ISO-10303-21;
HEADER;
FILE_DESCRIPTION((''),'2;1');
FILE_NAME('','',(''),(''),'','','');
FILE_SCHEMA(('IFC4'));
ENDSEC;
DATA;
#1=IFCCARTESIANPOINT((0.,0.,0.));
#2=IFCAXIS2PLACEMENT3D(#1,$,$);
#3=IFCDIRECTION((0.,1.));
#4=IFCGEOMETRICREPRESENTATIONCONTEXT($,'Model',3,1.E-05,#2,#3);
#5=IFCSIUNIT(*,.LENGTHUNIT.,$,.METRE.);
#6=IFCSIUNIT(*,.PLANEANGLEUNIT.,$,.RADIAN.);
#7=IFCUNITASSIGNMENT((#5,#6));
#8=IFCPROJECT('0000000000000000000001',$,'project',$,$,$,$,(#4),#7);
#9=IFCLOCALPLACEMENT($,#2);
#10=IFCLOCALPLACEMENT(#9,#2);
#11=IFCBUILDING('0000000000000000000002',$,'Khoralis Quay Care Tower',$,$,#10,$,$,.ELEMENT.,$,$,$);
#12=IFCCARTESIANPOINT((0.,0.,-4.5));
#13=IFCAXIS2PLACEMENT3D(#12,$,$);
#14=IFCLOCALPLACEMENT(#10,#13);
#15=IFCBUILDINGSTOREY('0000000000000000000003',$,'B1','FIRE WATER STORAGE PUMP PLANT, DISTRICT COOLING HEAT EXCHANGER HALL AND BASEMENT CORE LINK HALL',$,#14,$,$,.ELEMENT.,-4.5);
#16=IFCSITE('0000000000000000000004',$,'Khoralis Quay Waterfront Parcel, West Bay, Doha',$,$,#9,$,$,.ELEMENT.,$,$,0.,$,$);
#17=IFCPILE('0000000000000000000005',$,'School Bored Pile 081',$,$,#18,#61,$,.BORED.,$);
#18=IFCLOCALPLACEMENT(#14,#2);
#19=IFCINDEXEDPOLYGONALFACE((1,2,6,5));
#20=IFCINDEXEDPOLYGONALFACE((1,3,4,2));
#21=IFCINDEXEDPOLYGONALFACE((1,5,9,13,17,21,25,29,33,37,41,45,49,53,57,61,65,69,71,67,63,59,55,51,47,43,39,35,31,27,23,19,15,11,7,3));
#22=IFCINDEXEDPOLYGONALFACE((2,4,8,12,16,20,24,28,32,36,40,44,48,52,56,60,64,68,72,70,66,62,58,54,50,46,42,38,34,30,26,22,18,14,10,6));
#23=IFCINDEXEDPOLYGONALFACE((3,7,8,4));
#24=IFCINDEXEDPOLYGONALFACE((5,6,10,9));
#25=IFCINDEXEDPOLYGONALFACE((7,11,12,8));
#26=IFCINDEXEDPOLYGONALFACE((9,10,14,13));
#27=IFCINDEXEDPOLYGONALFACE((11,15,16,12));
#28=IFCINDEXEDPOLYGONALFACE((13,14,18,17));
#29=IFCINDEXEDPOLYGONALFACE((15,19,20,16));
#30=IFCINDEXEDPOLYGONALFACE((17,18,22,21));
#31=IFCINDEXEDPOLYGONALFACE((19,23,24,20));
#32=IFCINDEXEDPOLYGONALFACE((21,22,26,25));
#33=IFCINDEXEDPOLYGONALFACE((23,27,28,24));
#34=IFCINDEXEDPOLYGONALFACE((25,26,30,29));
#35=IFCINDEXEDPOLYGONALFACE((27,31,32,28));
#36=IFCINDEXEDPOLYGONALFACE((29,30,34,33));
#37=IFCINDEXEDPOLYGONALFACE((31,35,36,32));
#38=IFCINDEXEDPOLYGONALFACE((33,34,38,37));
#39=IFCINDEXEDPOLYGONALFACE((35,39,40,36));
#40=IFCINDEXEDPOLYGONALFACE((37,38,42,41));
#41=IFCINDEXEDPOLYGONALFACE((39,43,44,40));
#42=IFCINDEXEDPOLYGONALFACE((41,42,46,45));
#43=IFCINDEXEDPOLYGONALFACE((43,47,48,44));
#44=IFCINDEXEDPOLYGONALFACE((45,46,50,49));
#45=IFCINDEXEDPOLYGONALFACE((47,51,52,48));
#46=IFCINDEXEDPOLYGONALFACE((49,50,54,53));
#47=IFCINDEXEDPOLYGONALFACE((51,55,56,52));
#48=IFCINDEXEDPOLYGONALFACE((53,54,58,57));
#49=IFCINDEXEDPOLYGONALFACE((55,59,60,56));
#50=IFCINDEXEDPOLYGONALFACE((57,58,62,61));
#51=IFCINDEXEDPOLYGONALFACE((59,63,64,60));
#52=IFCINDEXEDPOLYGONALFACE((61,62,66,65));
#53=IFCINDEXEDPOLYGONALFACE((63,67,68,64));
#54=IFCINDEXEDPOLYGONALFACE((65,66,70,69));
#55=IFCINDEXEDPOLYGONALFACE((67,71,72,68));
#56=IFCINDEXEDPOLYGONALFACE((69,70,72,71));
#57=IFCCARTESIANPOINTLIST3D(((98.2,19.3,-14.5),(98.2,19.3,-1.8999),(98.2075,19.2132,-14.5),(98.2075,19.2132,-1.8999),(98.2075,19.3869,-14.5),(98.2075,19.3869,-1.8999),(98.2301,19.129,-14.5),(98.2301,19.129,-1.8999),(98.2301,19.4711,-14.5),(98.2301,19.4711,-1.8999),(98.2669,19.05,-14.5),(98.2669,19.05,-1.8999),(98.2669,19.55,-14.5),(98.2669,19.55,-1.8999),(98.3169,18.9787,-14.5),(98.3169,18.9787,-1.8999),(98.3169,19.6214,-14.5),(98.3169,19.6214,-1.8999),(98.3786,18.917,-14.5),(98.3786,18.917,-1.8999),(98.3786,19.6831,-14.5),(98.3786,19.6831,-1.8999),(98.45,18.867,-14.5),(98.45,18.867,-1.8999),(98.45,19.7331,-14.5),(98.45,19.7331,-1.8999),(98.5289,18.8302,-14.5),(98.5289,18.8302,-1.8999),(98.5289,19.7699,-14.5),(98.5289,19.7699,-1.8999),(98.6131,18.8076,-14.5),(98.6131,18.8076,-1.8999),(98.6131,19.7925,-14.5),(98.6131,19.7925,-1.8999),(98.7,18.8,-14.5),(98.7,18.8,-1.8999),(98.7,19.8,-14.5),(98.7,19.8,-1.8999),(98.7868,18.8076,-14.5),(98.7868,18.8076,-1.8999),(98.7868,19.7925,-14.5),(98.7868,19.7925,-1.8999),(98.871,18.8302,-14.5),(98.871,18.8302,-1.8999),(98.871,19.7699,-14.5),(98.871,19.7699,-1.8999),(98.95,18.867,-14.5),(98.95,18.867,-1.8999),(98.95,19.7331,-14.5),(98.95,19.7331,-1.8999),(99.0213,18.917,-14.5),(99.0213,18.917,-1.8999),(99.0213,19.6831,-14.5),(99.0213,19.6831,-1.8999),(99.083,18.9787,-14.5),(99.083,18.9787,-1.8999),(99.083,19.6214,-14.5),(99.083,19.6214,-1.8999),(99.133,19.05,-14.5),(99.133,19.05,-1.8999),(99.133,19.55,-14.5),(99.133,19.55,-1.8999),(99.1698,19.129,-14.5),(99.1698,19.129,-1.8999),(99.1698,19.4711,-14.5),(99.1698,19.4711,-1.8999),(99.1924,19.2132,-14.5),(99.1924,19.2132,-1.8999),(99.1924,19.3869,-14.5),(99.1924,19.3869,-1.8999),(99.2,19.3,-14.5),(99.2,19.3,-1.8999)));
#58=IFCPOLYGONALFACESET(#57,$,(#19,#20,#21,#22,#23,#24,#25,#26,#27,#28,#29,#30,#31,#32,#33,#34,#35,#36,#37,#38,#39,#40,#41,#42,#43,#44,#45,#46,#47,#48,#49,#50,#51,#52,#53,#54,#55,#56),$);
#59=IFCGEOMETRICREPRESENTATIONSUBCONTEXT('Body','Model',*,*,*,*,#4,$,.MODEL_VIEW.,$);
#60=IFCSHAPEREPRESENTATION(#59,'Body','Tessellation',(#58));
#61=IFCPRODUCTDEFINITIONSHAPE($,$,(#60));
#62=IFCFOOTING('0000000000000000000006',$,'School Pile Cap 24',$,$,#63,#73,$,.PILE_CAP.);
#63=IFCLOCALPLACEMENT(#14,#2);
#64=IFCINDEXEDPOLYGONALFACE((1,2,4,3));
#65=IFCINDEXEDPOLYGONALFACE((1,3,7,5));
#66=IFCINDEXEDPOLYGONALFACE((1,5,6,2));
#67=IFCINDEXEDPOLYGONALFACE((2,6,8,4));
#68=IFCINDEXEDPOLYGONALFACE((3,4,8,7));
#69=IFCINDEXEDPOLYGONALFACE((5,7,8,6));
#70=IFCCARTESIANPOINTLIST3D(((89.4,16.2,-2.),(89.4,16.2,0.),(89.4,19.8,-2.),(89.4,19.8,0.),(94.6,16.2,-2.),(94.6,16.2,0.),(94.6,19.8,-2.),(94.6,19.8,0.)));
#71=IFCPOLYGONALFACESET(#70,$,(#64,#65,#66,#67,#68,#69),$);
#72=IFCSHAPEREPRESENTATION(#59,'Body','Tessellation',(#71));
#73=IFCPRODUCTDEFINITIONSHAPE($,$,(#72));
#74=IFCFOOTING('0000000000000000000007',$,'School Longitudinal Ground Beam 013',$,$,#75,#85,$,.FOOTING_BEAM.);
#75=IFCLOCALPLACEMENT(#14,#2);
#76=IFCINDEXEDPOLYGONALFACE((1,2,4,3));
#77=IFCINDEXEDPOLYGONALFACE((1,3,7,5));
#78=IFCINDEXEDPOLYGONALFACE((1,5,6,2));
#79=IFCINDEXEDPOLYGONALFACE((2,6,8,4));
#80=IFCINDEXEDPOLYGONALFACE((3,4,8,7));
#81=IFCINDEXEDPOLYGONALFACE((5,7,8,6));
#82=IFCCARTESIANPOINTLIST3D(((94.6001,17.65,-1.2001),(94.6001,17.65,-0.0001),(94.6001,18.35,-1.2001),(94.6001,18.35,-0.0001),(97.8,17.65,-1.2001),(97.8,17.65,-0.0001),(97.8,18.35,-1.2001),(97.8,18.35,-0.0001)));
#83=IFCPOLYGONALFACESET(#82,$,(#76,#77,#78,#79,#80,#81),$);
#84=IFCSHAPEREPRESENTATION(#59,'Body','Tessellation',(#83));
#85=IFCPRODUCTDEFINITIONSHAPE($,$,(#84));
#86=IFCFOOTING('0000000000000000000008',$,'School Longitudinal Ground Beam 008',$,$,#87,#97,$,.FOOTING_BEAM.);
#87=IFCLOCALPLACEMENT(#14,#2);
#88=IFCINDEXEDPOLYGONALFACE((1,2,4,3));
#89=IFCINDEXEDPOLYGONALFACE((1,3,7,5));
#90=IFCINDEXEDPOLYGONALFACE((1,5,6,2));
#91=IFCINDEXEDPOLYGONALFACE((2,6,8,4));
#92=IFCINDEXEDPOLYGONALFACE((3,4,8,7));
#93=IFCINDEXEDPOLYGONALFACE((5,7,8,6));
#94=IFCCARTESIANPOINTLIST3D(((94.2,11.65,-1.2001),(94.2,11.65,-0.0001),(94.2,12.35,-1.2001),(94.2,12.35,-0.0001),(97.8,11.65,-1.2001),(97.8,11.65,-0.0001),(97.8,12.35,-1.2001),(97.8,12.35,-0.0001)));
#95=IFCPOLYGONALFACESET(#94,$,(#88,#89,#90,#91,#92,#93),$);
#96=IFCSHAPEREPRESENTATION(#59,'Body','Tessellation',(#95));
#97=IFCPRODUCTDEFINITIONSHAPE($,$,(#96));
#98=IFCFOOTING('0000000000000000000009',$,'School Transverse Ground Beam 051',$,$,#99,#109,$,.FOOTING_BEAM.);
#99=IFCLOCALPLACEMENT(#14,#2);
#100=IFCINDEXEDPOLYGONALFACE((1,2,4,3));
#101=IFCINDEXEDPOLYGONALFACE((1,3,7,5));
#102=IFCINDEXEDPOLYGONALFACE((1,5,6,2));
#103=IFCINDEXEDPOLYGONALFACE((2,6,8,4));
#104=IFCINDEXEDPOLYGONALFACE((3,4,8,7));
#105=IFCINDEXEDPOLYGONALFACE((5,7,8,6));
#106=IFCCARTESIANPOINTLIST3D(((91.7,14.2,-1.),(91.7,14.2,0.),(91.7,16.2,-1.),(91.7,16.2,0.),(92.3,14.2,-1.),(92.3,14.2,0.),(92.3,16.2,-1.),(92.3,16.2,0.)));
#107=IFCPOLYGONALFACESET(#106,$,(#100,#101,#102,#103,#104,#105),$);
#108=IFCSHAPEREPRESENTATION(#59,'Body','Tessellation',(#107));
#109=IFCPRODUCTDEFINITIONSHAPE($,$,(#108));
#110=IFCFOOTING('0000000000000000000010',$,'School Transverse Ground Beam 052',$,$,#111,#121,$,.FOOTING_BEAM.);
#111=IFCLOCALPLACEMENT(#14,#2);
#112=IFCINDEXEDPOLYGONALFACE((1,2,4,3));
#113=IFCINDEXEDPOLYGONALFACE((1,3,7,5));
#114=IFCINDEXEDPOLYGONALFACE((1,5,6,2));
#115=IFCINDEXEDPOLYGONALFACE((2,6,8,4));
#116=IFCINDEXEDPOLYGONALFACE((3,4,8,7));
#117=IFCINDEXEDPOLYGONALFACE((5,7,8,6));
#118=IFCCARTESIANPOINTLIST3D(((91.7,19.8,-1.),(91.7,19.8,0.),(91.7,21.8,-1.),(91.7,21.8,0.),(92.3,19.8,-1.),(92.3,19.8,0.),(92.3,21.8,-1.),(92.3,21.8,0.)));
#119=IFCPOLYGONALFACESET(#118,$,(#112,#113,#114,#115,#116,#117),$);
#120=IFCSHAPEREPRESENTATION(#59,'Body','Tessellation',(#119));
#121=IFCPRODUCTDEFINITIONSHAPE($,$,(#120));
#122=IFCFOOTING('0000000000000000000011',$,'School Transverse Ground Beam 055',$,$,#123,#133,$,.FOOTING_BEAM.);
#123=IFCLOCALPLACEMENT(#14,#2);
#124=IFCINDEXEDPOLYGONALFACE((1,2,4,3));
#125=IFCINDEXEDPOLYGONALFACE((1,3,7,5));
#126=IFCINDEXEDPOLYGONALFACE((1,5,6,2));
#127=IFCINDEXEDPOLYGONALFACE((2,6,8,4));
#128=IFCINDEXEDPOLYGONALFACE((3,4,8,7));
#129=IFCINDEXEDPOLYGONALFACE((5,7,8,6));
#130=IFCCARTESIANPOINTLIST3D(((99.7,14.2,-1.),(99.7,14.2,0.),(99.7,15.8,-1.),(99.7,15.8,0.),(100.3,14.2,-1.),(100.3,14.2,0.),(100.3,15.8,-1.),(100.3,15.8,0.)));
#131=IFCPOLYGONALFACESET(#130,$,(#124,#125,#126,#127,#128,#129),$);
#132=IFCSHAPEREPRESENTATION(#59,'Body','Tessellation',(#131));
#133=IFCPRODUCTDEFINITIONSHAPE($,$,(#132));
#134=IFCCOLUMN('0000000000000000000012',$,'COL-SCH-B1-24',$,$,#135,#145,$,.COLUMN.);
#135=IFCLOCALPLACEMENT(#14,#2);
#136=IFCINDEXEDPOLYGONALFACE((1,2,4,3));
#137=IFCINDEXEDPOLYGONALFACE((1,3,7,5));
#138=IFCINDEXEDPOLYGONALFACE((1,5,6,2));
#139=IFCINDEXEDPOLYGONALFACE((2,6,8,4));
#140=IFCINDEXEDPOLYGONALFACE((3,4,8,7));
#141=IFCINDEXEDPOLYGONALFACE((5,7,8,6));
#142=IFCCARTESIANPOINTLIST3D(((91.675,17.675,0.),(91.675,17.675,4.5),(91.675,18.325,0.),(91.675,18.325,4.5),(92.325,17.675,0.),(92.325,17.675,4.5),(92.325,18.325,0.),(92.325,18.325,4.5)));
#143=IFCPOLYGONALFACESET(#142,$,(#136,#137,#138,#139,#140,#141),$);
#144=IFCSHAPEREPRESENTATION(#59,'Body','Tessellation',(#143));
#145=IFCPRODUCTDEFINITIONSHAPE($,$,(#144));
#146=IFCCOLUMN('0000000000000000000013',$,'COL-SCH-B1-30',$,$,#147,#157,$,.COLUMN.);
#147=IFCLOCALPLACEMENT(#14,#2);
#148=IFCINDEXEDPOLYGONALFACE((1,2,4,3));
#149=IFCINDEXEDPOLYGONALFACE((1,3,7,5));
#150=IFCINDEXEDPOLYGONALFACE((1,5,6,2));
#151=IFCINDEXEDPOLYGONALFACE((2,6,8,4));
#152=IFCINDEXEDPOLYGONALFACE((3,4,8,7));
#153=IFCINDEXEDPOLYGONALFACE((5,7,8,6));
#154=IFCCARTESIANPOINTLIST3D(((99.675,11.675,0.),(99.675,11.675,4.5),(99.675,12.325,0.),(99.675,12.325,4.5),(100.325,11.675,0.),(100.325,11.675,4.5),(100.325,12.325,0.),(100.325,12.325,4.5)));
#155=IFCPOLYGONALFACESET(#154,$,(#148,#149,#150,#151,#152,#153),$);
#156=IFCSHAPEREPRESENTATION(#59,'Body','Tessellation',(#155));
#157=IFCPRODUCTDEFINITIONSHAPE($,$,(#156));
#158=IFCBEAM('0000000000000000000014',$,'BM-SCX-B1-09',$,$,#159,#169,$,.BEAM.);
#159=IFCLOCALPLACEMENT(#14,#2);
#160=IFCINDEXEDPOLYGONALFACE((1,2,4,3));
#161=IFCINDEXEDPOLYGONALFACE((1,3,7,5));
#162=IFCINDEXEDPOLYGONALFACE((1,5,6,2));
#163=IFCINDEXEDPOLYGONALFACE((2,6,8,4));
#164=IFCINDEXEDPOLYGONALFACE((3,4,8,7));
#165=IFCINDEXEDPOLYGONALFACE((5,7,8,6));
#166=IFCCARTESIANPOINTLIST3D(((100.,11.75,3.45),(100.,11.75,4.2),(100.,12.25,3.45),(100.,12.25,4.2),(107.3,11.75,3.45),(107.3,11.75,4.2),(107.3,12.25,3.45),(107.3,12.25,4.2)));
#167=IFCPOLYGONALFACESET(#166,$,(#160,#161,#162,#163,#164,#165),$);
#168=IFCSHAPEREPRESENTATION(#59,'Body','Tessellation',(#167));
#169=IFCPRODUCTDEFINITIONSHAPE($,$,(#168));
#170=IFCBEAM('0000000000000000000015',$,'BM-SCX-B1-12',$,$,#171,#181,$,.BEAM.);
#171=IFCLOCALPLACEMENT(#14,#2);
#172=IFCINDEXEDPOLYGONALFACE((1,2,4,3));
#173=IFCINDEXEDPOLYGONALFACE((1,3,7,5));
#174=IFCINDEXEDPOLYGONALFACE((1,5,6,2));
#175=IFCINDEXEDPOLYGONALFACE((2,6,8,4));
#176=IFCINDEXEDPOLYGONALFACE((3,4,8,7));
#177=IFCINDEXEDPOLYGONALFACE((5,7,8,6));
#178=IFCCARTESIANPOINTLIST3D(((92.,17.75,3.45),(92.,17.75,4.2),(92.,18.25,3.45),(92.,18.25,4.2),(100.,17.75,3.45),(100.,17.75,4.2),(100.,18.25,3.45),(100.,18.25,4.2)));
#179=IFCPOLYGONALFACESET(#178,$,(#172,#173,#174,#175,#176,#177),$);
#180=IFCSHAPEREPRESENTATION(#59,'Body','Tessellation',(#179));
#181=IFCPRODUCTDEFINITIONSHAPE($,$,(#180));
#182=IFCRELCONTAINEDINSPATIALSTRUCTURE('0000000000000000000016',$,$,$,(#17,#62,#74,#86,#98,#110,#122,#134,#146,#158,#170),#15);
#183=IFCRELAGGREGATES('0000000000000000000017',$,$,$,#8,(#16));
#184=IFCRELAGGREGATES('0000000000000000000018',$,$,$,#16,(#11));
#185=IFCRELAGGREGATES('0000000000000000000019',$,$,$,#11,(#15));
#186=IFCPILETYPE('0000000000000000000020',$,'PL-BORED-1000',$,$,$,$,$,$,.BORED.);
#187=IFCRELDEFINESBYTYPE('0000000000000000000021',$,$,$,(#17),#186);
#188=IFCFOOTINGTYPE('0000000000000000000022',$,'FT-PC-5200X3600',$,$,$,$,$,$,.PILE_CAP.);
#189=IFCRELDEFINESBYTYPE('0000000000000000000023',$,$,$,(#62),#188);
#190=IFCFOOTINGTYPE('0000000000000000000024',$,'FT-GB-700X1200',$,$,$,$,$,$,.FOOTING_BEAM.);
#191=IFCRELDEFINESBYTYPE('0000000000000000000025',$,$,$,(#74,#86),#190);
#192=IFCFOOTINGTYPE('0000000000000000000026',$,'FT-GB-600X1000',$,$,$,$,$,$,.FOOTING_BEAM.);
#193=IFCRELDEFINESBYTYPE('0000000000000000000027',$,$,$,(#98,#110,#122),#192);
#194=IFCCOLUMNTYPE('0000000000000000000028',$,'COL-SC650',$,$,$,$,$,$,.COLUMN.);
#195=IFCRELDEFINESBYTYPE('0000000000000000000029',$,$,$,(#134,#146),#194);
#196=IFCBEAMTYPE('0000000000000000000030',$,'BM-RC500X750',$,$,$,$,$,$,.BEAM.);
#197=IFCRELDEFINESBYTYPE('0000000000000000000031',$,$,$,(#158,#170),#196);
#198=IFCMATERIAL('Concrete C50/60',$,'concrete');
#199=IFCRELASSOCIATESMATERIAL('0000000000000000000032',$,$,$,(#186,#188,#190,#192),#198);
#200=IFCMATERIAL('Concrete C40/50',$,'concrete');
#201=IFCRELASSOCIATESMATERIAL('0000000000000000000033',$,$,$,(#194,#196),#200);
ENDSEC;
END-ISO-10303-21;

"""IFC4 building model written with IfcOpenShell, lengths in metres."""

from ifc_helpers import new_model, si_unit, direction, frame, origin, origin_2d, place, context, subcontext, project, spatial, rectangle, circle, extrude, source, transform, mapped, material, material_profile, profile_set, type_object, element, save


model = new_model("IFC4")

# Units and contexts
model_context = context("Model", 3, precision=1e-05, world=origin(), true_north=direction((0.0, 1.0)))
body_context = subcontext(model_context, "Body", "Model", "MODEL_VIEW")
ifc_project = project(units=[si_unit("LENGTHUNIT", "METRE"), si_unit("PLANEANGLEUNIT", "RADIAN")], contexts=[model_context])

# Site, building, storey
site_placement = place(None, origin())
site = spatial("IfcSite", under=ifc_project, at=site_placement, Name="Khoralis Quay Waterfront Parcel, West Bay, Doha", CompositionType="ELEMENT", RefElevation=0.0)
building_placement = place(site_placement, origin())
building = spatial("IfcBuilding", under=site, at=building_placement, Name="Khoralis Quay Care Tower", CompositionType="ELEMENT")
storey_placement = place(building_placement, frame((0.0, 0.0, -4.5)))
storey = spatial("IfcBuildingStorey", under=building, at=storey_placement, Name="B1", Description="FIRE WATER STORAGE PUMP PLANT, DISTRICT COOLING HEAT EXCHANGER HALL AND BASEMENT CORE LINK HALL", CompositionType="ELEMENT", Elevation=-4.5)

# Shared definitions
ifc_material_1 = material(Name="Concrete C50/60", Category="concrete")

# Pile
ifc_material_profile_1 = material_profile(ifc_material_1, circle(Radius=0.5, at=origin_2d()), Name="Concrete C50/60")
ifc_profile_set_1 = profile_set([ifc_material_profile_1], Name="Concrete C50/60")
pile_type = type_object("IfcPileType", Name="PL-BORED-1000", PredefinedType="BORED", material=ifc_profile_set_1)
shared_shape_1 = source(origin(), body_context, "Body", "SweptSolid", [
    extrude(circle(Radius=0.5, at=origin_2d()), origin(), (0.0, 0.0, 1.0), 12.6001),
])
for number, where, z_axis, x_axis, name in (
    (1, (98.7, 19.3, -1.8999), (0.0, 0.0, -1.0), (1.0, 0.0, 0.0), "School Bored Pile 081"),
):
    element("IfcPile", number, at=place(storey_placement, frame(where, z_axis=z_axis, x_axis=x_axis)), inside=storey, type_object=pile_type, Name=name, PredefinedType="BORED", context=body_context, shape_type="MappedRepresentation", body=[
        mapped(shared_shape_1, transform((0.0, 0.0, 0.0), scale=1.0)),
    ])

# Footings
footing_type_1 = type_object("IfcFootingType", Name="FT-PC-5200X3600", PredefinedType="PILE_CAP", material=ifc_material_1)
shared_shape_2 = source(origin(), body_context, "Body", "SweptSolid", [
    extrude(rectangle(XDim=5.2, YDim=3.6001, at=origin_2d()), origin(), (0.0, 0.0, 1.0), 2.0),
])
footing_1_placement = place(storey_placement, frame((92.0, 18.0, -2.0), z_axis=(0.0, 0.0, 1.0), x_axis=(1.0, 0.0, 0.0)))
element("IfcFooting", 2, at=footing_1_placement, inside=storey, type_object=footing_type_1, Name="School Pile Cap 24", PredefinedType="PILE_CAP", context=body_context, shape_type="MappedRepresentation", body=[
    mapped(shared_shape_2, transform((0.0, 0.0, 0.0), scale=1.0)),
])
ifc_material_profile_2 = material_profile(ifc_material_1, rectangle(XDim=0.7, YDim=1.2, at=origin_2d()), Name="Concrete C50/60")
ifc_profile_set_2 = profile_set([ifc_material_profile_2], Name="Concrete C50/60")
footing_type_2 = type_object("IfcFootingType", Name="FT-GB-700X1200", PredefinedType="FOOTING_BEAM", material=ifc_profile_set_2)
shared_shape_3 = source(origin(), body_context, "Body", "SweptSolid", [
    extrude(rectangle(XDim=0.7, YDim=1.2, at=origin_2d()), origin(), (0.0, 0.0, 1.0), 3.2),
])
footing_2_placement = place(storey_placement, frame((94.6001, 18.0, -0.6001), z_axis=(1.0, 0.0, 0.0), x_axis=(0.0, 1.0, 0.0)))
element("IfcFooting", 3, at=footing_2_placement, inside=storey, type_object=footing_type_2, Name="School Longitudinal Ground Beam 013", PredefinedType="FOOTING_BEAM", context=body_context, shape_type="MappedRepresentation", body=[
    mapped(shared_shape_3, transform((0.0, 0.0, 0.0), scale=1.0)),
])
shared_shape_4 = source(origin(), body_context, "Body", "SweptSolid", [
    extrude(rectangle(XDim=0.7, YDim=1.2, at=origin_2d()), origin(), (0.0, 0.0, 1.0), 3.6001),
])
footing_3_placement = place(storey_placement, frame((94.2, 12.0, -0.6001), z_axis=(1.0, 0.0, 0.0), x_axis=(0.0, 1.0, 0.0)))
element("IfcFooting", 4, at=footing_3_placement, inside=storey, type_object=footing_type_2, Name="School Longitudinal Ground Beam 008", PredefinedType="FOOTING_BEAM", context=body_context, shape_type="MappedRepresentation", body=[
    mapped(shared_shape_4, transform((0.0, 0.0, 0.0), scale=1.0)),
])
ifc_material_profile_3 = material_profile(ifc_material_1, rectangle(XDim=0.6001, YDim=1.0, at=origin_2d()), Name="Concrete C50/60")
ifc_profile_set_3 = profile_set([ifc_material_profile_3], Name="Concrete C50/60")
footing_type_3 = type_object("IfcFootingType", Name="FT-GB-600X1000", PredefinedType="FOOTING_BEAM", material=ifc_profile_set_3)
shared_shape_5 = source(origin(), body_context, "Body", "SweptSolid", [
    extrude(rectangle(XDim=0.6001, YDim=1.0, at=origin_2d()), origin(), (0.0, 0.0, 1.0), 2.0),
])
for number, where, z_axis, x_axis, name in (
    (5, (92.0, 14.2, -0.5), (0.0, 1.0, 0.0), (-1.0, 0.0, 0.0), "School Transverse Ground Beam 051"),
    (6, (92.0, 19.8, -0.5), (0.0, 1.0, 0.0), (-1.0, 0.0, 0.0), "School Transverse Ground Beam 052"),
):
    element("IfcFooting", number, at=place(storey_placement, frame(where, z_axis=z_axis, x_axis=x_axis)), inside=storey, type_object=footing_type_3, Name=name, PredefinedType="FOOTING_BEAM", context=body_context, shape_type="MappedRepresentation", body=[
        mapped(shared_shape_5, transform((0.0, 0.0, 0.0), scale=1.0)),
    ])
shared_shape_6 = source(origin(), body_context, "Body", "SweptSolid", [
    extrude(rectangle(XDim=0.6001, YDim=1.0, at=origin_2d()), origin(), (0.0, 0.0, 1.0), 1.6001),
])
footing_4_placement = place(storey_placement, frame((100.0, 14.2, -0.5), z_axis=(0.0, 1.0, 0.0), x_axis=(-1.0, 0.0, 0.0)))
element("IfcFooting", 7, at=footing_4_placement, inside=storey, type_object=footing_type_3, Name="School Transverse Ground Beam 055", PredefinedType="FOOTING_BEAM", context=body_context, shape_type="MappedRepresentation", body=[
    mapped(shared_shape_6, transform((0.0, 0.0, 0.0), scale=1.0)),
])

# Columns
ifc_material_2 = material(Name="Concrete C40/50", Category="concrete")
ifc_material_profile_4 = material_profile(ifc_material_2, rectangle(XDim=0.6499, YDim=0.6499, at=origin_2d()), Name="Concrete C40/50")
ifc_profile_set_4 = profile_set([ifc_material_profile_4], Name="Concrete C40/50")
column_type = type_object("IfcColumnType", Name="COL-SC650", PredefinedType="COLUMN", material=ifc_profile_set_4)
shared_shape_7 = source(origin(), body_context, "Body", "SweptSolid", [
    extrude(rectangle(XDim=0.6499, YDim=0.6499, at=origin_2d()), origin(), (0.0, 0.0, 1.0), 4.5),
])
for number, where, z_axis, x_axis, name in (
    (8, (92.0, 18.0, 0.0), (0.0, 0.0, 1.0), (1.0, 0.0, 0.0), "COL-SCH-B1-24"),
    (9, (100.0, 12.0, 0.0), (0.0, 0.0, 1.0), (1.0, 0.0, 0.0), "COL-SCH-B1-30"),
):
    element("IfcColumn", number, at=place(storey_placement, frame(where, z_axis=z_axis, x_axis=x_axis)), inside=storey, type_object=column_type, Name=name, PredefinedType="COLUMN", context=body_context, shape_type="MappedRepresentation", body=[
        mapped(shared_shape_7, transform((0.0, 0.0, 0.0), scale=1.0)),
    ])

# Beams
ifc_material_profile_5 = material_profile(ifc_material_2, rectangle(XDim=0.5, YDim=0.75, at=origin_2d()), Name="Concrete C40/50")
ifc_profile_set_5 = profile_set([ifc_material_profile_5], Name="Concrete C40/50")
beam_type = type_object("IfcBeamType", Name="BM-RC500X750", PredefinedType="BEAM", material=ifc_profile_set_5)
shared_shape_8 = source(origin(), body_context, "Body", "SweptSolid", [
    extrude(rectangle(XDim=0.5, YDim=0.75, at=origin_2d()), origin(), (0.0, 0.0, 1.0), 7.3),
])
beam_1_placement = place(storey_placement, frame((100.0, 12.0, 3.825), z_axis=(1.0, 0.0, 0.0), x_axis=(0.0, 1.0, 0.0)))
element("IfcBeam", 10, at=beam_1_placement, inside=storey, type_object=beam_type, Name="BM-SCX-B1-09", PredefinedType="BEAM", context=body_context, shape_type="MappedRepresentation", body=[
    mapped(shared_shape_8, transform((0.0, 0.0, 0.0), scale=1.0)),
])
shared_shape_9 = source(origin(), body_context, "Body", "SweptSolid", [
    extrude(rectangle(XDim=0.5, YDim=0.75, at=origin_2d()), origin(), (0.0, 0.0, 1.0), 8.0),
])
beam_2_placement = place(storey_placement, frame((92.0, 18.0, 3.825), z_axis=(1.0, 0.0, 0.0), x_axis=(0.0, 1.0, 0.0)))
element("IfcBeam", 11, at=beam_2_placement, inside=storey, type_object=beam_type, Name="BM-SCX-B1-12", PredefinedType="BEAM", context=body_context, shape_type="MappedRepresentation", body=[
    mapped(shared_shape_9, transform((0.0, 0.0, 0.0), scale=1.0)),
])

save(model, "model.ifc")
